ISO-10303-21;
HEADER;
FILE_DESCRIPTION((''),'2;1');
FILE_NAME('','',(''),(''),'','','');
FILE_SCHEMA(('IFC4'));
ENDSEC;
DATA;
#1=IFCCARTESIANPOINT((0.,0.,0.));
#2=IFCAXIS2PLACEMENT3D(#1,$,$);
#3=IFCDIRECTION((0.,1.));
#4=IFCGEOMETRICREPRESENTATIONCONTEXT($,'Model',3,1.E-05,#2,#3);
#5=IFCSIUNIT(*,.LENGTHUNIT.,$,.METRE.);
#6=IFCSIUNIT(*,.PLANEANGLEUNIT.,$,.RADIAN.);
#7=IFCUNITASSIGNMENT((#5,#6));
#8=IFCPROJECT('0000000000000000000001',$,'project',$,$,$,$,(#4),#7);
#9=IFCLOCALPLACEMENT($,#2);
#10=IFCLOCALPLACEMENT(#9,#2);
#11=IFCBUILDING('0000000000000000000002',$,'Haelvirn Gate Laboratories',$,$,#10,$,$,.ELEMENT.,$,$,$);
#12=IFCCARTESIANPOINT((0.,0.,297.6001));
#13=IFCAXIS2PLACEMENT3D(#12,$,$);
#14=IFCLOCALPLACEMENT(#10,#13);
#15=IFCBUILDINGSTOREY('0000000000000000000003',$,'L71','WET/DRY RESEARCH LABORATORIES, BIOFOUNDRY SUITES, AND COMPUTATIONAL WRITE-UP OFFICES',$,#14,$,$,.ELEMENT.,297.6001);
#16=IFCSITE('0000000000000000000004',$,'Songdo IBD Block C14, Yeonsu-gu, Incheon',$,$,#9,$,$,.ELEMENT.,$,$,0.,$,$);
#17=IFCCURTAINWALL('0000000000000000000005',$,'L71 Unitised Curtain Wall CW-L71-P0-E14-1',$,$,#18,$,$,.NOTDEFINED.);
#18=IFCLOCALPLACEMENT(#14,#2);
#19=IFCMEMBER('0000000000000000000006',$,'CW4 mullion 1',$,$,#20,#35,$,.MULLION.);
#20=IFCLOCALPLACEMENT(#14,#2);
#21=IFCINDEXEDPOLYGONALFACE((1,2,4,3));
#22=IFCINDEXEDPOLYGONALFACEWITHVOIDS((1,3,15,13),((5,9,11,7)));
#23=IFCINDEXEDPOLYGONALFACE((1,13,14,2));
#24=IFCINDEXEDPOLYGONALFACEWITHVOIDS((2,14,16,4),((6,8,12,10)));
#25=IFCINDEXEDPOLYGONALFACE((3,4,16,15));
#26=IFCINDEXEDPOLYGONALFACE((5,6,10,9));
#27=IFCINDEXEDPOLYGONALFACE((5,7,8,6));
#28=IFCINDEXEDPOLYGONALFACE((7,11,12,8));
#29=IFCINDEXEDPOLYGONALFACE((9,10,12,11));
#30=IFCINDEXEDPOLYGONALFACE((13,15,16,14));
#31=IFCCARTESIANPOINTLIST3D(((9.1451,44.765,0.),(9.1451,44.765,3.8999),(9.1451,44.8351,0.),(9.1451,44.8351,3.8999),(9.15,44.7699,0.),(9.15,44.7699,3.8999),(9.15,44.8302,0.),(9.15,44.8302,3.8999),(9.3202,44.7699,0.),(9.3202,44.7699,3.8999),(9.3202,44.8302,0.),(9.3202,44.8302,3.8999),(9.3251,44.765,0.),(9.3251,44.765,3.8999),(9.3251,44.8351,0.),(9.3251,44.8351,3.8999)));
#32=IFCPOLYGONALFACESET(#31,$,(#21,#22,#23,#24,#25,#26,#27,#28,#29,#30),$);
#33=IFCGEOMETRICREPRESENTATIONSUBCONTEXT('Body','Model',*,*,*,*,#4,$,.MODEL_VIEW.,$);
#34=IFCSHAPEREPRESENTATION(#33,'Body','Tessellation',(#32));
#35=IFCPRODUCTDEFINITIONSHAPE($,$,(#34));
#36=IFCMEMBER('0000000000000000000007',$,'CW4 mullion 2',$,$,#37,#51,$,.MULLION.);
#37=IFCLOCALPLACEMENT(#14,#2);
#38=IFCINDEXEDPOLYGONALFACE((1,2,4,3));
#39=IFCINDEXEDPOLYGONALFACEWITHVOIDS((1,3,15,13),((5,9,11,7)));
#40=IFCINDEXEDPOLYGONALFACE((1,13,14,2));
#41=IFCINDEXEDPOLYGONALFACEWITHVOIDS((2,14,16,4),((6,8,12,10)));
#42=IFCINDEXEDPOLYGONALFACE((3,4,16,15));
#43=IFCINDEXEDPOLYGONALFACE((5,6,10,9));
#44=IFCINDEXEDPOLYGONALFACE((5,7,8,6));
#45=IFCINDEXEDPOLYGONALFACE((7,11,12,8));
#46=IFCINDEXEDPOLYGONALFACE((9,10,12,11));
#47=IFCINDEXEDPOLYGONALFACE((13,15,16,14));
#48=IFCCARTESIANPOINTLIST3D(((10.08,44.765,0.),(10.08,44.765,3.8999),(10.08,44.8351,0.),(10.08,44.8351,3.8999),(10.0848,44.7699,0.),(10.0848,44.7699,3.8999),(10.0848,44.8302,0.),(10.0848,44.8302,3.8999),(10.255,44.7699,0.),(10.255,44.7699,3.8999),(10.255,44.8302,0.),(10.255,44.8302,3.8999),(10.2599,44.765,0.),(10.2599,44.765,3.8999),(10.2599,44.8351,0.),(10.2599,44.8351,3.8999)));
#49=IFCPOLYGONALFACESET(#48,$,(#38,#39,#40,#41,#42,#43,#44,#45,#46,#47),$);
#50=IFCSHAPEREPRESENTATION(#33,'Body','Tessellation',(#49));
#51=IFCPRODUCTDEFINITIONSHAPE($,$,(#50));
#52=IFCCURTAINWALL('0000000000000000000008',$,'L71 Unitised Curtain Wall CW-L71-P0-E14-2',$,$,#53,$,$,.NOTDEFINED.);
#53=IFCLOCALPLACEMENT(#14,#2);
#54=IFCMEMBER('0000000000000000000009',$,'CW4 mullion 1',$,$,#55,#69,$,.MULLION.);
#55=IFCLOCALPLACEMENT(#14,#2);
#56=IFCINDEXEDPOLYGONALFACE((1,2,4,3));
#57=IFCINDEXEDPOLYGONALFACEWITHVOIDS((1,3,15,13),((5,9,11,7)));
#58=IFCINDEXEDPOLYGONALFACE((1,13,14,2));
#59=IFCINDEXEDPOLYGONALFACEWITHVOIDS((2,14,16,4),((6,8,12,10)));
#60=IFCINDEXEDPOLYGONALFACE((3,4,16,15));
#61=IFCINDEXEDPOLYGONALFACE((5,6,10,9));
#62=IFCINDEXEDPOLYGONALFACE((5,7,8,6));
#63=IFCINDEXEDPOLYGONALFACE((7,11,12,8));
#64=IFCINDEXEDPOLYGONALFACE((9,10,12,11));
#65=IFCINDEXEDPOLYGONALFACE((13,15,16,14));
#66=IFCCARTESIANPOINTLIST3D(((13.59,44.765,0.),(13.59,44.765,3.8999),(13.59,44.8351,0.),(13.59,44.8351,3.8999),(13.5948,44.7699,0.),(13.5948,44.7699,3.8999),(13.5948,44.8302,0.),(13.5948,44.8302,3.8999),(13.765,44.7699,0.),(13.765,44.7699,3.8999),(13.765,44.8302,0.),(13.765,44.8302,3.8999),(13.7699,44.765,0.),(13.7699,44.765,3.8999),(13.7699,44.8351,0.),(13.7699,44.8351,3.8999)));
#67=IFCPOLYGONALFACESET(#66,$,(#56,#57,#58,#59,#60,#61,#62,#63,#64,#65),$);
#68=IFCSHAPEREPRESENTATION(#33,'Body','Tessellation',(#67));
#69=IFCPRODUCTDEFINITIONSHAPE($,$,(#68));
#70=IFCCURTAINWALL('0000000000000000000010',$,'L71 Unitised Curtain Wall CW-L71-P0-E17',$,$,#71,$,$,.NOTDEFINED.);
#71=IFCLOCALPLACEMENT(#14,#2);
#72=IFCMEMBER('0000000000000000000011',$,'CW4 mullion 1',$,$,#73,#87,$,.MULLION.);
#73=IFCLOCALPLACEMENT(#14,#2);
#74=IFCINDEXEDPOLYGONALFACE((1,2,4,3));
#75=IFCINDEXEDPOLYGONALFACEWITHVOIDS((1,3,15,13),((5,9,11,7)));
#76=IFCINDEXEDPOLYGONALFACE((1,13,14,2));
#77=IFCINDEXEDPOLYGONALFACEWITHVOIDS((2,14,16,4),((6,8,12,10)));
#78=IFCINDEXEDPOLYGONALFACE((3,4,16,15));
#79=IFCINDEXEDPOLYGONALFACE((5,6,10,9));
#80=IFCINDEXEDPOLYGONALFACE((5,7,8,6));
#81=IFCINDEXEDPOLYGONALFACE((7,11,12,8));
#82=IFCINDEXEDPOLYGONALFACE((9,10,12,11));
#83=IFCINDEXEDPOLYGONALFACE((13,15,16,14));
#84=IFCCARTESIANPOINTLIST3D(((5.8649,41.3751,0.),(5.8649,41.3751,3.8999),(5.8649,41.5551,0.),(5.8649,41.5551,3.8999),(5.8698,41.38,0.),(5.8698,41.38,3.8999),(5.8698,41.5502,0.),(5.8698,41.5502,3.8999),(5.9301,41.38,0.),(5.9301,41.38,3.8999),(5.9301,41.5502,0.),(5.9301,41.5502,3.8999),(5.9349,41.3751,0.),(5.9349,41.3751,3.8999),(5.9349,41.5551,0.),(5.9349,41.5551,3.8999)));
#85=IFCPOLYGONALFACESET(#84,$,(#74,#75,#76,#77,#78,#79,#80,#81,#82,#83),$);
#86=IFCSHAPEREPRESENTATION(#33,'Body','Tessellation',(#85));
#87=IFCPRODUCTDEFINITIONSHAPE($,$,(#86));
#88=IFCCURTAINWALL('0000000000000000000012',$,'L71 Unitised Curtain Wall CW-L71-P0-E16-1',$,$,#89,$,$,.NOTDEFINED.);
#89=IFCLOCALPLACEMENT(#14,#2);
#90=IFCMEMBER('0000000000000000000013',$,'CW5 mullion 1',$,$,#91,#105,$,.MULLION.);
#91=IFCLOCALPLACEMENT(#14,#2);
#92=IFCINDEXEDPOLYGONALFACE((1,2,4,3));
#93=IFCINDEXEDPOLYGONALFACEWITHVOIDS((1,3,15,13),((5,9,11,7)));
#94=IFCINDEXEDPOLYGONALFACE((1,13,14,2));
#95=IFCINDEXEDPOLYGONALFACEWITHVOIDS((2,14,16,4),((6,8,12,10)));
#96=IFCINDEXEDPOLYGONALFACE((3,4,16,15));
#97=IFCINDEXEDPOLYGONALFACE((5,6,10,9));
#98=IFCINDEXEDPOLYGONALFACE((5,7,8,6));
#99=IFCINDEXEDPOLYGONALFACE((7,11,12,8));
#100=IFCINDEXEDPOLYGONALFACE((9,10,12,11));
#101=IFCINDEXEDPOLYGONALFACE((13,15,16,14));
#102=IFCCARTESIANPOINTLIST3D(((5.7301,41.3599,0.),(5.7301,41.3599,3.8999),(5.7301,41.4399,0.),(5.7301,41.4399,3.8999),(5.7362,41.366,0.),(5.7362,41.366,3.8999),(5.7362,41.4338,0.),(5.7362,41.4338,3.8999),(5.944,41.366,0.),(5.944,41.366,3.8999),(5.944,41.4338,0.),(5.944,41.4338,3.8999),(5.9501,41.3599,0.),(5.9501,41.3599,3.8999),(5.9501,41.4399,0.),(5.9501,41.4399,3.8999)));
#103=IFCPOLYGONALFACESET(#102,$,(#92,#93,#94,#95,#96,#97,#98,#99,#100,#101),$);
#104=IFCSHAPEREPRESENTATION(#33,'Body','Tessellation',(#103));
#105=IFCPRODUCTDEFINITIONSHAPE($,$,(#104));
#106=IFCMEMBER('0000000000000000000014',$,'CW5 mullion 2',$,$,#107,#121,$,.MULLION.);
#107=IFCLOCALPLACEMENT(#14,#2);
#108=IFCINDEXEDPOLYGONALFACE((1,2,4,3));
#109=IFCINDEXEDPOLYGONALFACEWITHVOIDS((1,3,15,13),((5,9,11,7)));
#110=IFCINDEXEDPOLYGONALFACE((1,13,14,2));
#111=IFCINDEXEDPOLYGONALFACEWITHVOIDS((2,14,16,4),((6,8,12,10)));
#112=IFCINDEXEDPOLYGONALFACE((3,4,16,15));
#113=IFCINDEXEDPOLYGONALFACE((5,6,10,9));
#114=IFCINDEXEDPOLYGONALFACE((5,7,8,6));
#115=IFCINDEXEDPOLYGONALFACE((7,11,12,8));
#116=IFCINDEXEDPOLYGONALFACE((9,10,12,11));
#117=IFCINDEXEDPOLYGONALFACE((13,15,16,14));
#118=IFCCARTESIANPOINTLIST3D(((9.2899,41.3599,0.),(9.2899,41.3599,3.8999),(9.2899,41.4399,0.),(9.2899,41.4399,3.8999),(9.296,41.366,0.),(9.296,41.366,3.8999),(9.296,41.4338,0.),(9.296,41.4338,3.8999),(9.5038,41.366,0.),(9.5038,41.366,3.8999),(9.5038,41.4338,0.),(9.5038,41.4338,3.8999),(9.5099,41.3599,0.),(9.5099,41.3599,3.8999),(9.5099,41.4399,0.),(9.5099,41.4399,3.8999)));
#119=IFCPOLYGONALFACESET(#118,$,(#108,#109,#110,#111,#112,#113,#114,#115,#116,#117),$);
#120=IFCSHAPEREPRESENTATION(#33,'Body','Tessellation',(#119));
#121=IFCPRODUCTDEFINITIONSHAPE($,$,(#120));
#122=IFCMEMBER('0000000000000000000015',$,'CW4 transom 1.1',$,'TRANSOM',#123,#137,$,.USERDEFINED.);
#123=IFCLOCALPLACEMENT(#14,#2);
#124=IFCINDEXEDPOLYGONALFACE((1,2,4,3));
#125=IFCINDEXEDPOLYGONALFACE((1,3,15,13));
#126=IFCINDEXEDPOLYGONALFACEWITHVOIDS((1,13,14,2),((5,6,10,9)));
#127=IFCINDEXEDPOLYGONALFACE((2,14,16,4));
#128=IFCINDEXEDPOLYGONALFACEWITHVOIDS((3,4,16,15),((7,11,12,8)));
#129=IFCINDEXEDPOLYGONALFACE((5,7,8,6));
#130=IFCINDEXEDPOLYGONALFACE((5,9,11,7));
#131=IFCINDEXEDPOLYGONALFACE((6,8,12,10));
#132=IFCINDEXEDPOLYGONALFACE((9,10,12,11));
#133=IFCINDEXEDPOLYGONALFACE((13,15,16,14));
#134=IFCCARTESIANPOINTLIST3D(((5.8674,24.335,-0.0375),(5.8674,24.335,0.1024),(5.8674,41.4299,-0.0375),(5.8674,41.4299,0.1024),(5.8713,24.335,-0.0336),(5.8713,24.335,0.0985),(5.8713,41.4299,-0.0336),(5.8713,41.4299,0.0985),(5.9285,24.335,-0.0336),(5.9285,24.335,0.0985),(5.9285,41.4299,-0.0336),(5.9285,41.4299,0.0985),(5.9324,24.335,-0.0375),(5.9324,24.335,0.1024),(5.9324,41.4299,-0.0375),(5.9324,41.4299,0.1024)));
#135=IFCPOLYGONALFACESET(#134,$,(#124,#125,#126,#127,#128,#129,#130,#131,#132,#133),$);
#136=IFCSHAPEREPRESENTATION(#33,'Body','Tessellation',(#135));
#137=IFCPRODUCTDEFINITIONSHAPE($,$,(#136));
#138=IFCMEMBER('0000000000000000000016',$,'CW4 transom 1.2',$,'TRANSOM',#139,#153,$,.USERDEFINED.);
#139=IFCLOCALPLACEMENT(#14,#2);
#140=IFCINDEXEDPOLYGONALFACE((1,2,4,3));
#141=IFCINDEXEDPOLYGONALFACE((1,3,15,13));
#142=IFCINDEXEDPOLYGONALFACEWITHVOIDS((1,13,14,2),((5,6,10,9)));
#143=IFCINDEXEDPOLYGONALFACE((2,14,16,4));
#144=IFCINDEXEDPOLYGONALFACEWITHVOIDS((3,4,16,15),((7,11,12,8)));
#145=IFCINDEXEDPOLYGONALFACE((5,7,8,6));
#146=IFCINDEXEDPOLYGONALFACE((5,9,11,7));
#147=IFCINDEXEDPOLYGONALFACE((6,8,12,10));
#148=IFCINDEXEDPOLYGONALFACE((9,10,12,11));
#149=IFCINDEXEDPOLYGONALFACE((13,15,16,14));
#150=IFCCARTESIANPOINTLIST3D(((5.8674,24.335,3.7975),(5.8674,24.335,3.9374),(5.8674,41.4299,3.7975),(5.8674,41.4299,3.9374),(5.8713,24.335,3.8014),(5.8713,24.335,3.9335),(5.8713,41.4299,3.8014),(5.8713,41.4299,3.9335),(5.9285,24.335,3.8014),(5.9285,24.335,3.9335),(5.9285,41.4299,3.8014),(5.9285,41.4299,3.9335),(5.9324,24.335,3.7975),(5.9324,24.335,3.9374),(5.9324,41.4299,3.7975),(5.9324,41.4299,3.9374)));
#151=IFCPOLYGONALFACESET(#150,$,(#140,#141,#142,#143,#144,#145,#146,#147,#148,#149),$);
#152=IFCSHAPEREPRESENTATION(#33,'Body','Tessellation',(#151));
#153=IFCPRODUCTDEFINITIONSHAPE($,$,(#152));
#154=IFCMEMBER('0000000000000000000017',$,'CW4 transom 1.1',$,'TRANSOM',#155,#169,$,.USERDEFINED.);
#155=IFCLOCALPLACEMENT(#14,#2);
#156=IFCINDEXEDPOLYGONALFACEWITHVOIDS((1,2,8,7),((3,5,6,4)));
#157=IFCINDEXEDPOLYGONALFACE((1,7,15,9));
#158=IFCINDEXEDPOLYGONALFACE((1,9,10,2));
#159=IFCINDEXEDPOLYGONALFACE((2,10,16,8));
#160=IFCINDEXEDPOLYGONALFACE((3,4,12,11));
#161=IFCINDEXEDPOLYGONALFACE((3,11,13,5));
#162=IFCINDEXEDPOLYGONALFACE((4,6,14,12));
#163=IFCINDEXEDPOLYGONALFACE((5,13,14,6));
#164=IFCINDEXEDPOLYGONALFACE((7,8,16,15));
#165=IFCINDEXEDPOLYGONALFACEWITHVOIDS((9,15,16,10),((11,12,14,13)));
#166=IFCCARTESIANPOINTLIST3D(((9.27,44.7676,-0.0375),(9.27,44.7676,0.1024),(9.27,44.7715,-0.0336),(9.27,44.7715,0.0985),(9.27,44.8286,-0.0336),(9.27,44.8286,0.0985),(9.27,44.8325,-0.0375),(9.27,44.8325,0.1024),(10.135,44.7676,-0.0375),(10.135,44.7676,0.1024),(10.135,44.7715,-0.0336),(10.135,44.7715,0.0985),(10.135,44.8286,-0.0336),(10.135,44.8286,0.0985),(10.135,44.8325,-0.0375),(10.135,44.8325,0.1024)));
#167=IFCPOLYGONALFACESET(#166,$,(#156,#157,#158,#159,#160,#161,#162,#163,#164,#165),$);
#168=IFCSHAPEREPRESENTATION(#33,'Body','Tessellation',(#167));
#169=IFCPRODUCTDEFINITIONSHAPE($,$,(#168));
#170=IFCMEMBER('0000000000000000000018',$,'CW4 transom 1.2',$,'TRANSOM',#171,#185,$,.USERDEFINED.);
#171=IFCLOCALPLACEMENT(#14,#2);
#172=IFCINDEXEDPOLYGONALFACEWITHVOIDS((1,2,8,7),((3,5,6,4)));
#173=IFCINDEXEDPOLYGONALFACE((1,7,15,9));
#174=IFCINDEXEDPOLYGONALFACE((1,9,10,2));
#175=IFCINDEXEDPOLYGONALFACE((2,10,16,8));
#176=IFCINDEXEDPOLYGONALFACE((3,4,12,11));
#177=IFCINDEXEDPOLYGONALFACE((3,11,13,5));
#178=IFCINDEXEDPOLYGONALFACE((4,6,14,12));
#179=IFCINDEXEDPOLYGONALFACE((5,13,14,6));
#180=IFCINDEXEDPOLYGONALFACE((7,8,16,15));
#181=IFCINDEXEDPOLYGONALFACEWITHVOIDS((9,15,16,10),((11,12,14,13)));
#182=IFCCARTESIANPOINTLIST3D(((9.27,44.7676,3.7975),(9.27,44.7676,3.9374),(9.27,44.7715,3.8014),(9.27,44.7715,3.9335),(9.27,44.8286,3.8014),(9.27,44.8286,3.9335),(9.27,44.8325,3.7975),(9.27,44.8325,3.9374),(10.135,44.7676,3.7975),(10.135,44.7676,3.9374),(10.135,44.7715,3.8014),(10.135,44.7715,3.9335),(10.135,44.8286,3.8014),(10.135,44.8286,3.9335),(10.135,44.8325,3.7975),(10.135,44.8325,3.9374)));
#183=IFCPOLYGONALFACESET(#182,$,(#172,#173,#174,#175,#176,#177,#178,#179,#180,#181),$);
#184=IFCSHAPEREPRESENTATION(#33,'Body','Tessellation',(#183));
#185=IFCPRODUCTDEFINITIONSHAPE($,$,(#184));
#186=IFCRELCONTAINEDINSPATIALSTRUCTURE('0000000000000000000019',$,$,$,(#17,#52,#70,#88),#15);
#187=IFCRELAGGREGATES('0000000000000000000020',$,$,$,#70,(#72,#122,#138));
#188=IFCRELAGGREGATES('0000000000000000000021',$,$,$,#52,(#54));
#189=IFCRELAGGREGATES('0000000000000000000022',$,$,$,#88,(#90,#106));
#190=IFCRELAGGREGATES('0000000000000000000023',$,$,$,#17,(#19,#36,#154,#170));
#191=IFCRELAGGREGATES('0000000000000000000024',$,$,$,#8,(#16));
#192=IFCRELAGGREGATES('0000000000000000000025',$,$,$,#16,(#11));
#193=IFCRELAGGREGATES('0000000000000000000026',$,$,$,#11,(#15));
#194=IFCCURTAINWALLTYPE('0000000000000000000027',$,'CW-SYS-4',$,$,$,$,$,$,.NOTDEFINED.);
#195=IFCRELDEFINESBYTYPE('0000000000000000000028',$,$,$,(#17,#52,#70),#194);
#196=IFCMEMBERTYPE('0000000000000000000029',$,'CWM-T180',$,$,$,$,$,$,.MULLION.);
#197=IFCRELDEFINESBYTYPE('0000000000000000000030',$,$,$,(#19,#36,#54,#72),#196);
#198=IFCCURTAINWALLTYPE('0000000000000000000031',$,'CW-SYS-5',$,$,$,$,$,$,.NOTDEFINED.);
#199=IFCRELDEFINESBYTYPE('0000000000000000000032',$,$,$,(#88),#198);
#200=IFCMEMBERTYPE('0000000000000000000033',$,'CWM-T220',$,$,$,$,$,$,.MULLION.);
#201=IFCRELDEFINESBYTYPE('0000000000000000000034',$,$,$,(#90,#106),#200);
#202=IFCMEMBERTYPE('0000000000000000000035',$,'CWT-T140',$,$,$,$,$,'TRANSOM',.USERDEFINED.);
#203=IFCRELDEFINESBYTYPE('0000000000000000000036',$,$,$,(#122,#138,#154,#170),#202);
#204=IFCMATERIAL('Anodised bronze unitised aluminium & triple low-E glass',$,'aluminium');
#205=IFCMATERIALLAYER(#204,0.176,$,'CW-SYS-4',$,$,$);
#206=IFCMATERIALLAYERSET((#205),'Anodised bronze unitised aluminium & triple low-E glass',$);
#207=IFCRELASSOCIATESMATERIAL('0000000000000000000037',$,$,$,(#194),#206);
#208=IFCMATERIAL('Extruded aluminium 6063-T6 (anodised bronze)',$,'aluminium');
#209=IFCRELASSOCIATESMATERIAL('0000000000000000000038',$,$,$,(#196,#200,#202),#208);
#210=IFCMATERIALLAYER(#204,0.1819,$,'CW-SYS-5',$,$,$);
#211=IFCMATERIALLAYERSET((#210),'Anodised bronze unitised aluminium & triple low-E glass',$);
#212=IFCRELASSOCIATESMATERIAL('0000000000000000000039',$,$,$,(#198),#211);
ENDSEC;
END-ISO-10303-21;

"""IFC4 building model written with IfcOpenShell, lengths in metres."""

from ifc_helpers import new_model, si_unit, direction, frame, origin, origin_2d, place, context, subcontext, project, spatial, hollow_rectangle, extrude, source, transform, mapped, material, layer, layer_set, material_profile, profile_set, type_object, type_shapes, element, aggregate, save


model = new_model("IFC4")

# Units and contexts
model_context = context("Model", 3, precision=1e-05, world=origin(), true_north=direction((0.0, 1.0)))
body_context = subcontext(model_context, "Body", "Model", "MODEL_VIEW")
ifc_project = project(units=[si_unit("LENGTHUNIT", "METRE"), si_unit("PLANEANGLEUNIT", "RADIAN")], contexts=[model_context])

# Site, building, storey
site_placement = place(None, origin())
site = spatial("IfcSite", under=ifc_project, at=site_placement, Name="Songdo IBD Block C14, Yeonsu-gu, Incheon", CompositionType="ELEMENT", RefElevation=0.0)
building_placement = place(site_placement, origin())
building = spatial("IfcBuilding", under=site, at=building_placement, Name="Haelvirn Gate Laboratories", CompositionType="ELEMENT")
storey_placement = place(building_placement, frame((0.0, 0.0, 297.6001)))
storey = spatial("IfcBuildingStorey", under=building, at=storey_placement, Name="L71", Description="WET/DRY RESEARCH LABORATORIES, BIOFOUNDRY SUITES, AND COMPUTATIONAL WRITE-UP OFFICES", CompositionType="ELEMENT", Elevation=297.6001)

# Curtain wall, members
ifc_material_1 = material(Name="Anodised bronze unitised aluminium & triple low-E glass", Category="aluminium")
ifc_layer_1 = layer(ifc_material_1, 0.176, Name="CW-SYS-4")
ifc_layer_set_1 = layer_set([ifc_layer_1], Name="Anodised bronze unitised aluminium & triple low-E glass")
curtain_wall_type_1 = type_object("IfcCurtainWallType", Name="CW-SYS-4", PredefinedType="NOTDEFINED", material=ifc_layer_set_1)
curtain_wall_1_placement = place(storey_placement, origin())
curtain_wall_1 = element("IfcCurtainWall", 1, at=curtain_wall_1_placement, inside=storey, type_object=curtain_wall_type_1, Name="L71 Unitised Curtain Wall CW-L71-P0-E14-1", PredefinedType="NOTDEFINED")
ifc_material_2 = material(Name="Extruded aluminium 6063-T6 (anodised bronze)", Category="aluminium")
ifc_material_profile_1 = material_profile(ifc_material_2, hollow_rectangle(XDim=0.0701, YDim=0.1799, WallThickness=0.0049, at=origin_2d()), Name="CWM-180x70x5")
ifc_profile_set_1 = profile_set([ifc_material_profile_1], Name="Extruded aluminium 6063-T6 (anodised bronze)")
member_type_1 = type_object("IfcMemberType", Name="CWM-T180", PredefinedType="MULLION", material=ifc_profile_set_1)
shared_shape_1 = source(origin(), body_context, "Body", "SweptSolid", [
    extrude(hollow_rectangle(XDim=0.0701, YDim=0.1799, WallThickness=0.0049, at=origin_2d()), origin(), (0.0, 0.0, 1.0), 3.8999),
])
type_shapes(member_type_1, [shared_shape_1])
member_1_placement = place(storey_placement, frame((9.2351, 44.8, 0.0), z_axis=(0.0, 0.0, 1.0), x_axis=(0.0, 1.0, 0.0)))
member_1 = element("IfcMember", 2, at=member_1_placement, type_object=member_type_1, Name="CW4 mullion 1", PredefinedType="MULLION", context=body_context, shape_type="MappedRepresentation", body=[
    mapped(shared_shape_1, transform((0.0, 0.0, 0.0), scale=1.0)),
])
member_2_placement = place(storey_placement, frame((10.1699, 44.8, 0.0), z_axis=(0.0, 0.0, 1.0), x_axis=(0.0, 1.0, 0.0)))
member_2 = element("IfcMember", 3, at=member_2_placement, type_object=member_type_1, Name="CW4 mullion 2", PredefinedType="MULLION", context=body_context, shape_type="MappedRepresentation", body=[
    mapped(shared_shape_1, transform((0.0, 0.0, 0.0), scale=1.0)),
])

# Curtain walls, members
curtain_wall_2_placement = place(storey_placement, origin())
curtain_wall_2 = element("IfcCurtainWall", 4, at=curtain_wall_2_placement, inside=storey, type_object=curtain_wall_type_1, Name="L71 Unitised Curtain Wall CW-L71-P0-E14-2", PredefinedType="NOTDEFINED")
member_3_placement = place(storey_placement, frame((13.6799, 44.8, 0.0), z_axis=(0.0, 0.0, 1.0), x_axis=(0.0, 1.0, 0.0)))
member_3 = element("IfcMember", 5, at=member_3_placement, type_object=member_type_1, Name="CW4 mullion 1", PredefinedType="MULLION", context=body_context, shape_type="MappedRepresentation", body=[
    mapped(shared_shape_1, transform((0.0, 0.0, 0.0), scale=1.0)),
])
curtain_wall_3_placement = place(storey_placement, origin())
curtain_wall_3 = element("IfcCurtainWall", 6, at=curtain_wall_3_placement, inside=storey, type_object=curtain_wall_type_1, Name="L71 Unitised Curtain Wall CW-L71-P0-E17", PredefinedType="NOTDEFINED")
member_4_placement = place(storey_placement, frame((5.8999, 41.4651, 0.0), z_axis=(0.0, 0.0, 1.0), x_axis=(1.0, 0.0, 0.0)))
member_4 = element("IfcMember", 7, at=member_4_placement, type_object=member_type_1, Name="CW4 mullion 1", PredefinedType="MULLION", context=body_context, shape_type="MappedRepresentation", body=[
    mapped(shared_shape_1, transform((0.0, 0.0, 0.0), scale=1.0)),
])

# Curtain wall, members
ifc_layer_2 = layer(ifc_material_1, 0.1819, Name="CW-SYS-5")
ifc_layer_set_2 = layer_set([ifc_layer_2], Name="Anodised bronze unitised aluminium & triple low-E glass")
curtain_wall_type_2 = type_object("IfcCurtainWallType", Name="CW-SYS-5", PredefinedType="NOTDEFINED", material=ifc_layer_set_2)
curtain_wall_4_placement = place(storey_placement, origin())
curtain_wall_4 = element("IfcCurtainWall", 8, at=curtain_wall_4_placement, inside=storey, type_object=curtain_wall_type_2, Name="L71 Unitised Curtain Wall CW-L71-P0-E16-1", PredefinedType="NOTDEFINED")
ifc_material_profile_2 = material_profile(ifc_material_2, hollow_rectangle(XDim=0.0801, YDim=0.22, WallThickness=0.0061, at=origin_2d()), Name="CWM-220x80x6")
ifc_profile_set_2 = profile_set([ifc_material_profile_2], Name="Extruded aluminium 6063-T6 (anodised bronze)")
member_type_2 = type_object("IfcMemberType", Name="CWM-T220", PredefinedType="MULLION", material=ifc_profile_set_2)
shared_shape_2 = source(origin(), body_context, "Body", "SweptSolid", [
    extrude(hollow_rectangle(XDim=0.0801, YDim=0.22, WallThickness=0.0061, at=origin_2d()), origin(), (0.0, 0.0, 1.0), 3.8999),
])
type_shapes(member_type_2, [shared_shape_2])
member_5_placement = place(storey_placement, frame((5.8401, 41.3999, 0.0), z_axis=(0.0, 0.0, 1.0), x_axis=(0.0, 1.0, 0.0)))
member_5 = element("IfcMember", 9, at=member_5_placement, type_object=member_type_2, Name="CW5 mullion 1", PredefinedType="MULLION", context=body_context, shape_type="MappedRepresentation", body=[
    mapped(shared_shape_2, transform((0.0, 0.0, 0.0), scale=1.0)),
])
member_6_placement = place(storey_placement, frame((9.3999, 41.3999, 0.0), z_axis=(0.0, 0.0, 1.0), x_axis=(0.0, 1.0, 0.0)))
member_6 = element("IfcMember", 10, at=member_6_placement, type_object=member_type_2, Name="CW5 mullion 2", PredefinedType="MULLION", context=body_context, shape_type="MappedRepresentation", body=[
    mapped(shared_shape_2, transform((0.0, 0.0, 0.0), scale=1.0)),
])

# Members
ifc_material_profile_3 = material_profile(ifc_material_2, hollow_rectangle(XDim=0.0649, YDim=0.1399, WallThickness=0.0039, at=origin_2d()), Name="CWT-140x65x4")
ifc_profile_set_3 = profile_set([ifc_material_profile_3], Name="Extruded aluminium 6063-T6 (anodised bronze)")
member_type_3 = type_object("IfcMemberType", Name="CWT-T140", ElementType="TRANSOM", PredefinedType="USERDEFINED", material=ifc_profile_set_3)
shared_shape_3 = source(origin(), body_context, "Body", "SweptSolid", [
    extrude(hollow_rectangle(XDim=0.0649, YDim=0.1399, WallThickness=0.0039, at=origin_2d()), origin(), (0.0, 0.0, 1.0), 17.095),
])
member_7_placement = place(storey_placement, frame((5.8999, 41.4299, 0.0325), z_axis=(0.0, -1.0, 0.0), x_axis=(1.0, 0.0, 0.0)))
member_7 = element("IfcMember", 11, at=member_7_placement, type_object=member_type_3, Name="CW4 transom 1.1", ObjectType="TRANSOM", PredefinedType="USERDEFINED", context=body_context, shape_type="MappedRepresentation", body=[
    mapped(shared_shape_3, transform((0.0, 0.0, 0.0), scale=1.0)),
])
member_8_placement = place(storey_placement, frame((5.8999, 41.4299, 3.8674), z_axis=(0.0, -1.0, 0.0), x_axis=(1.0, 0.0, 0.0)))
member_8 = element("IfcMember", 12, at=member_8_placement, type_object=member_type_3, Name="CW4 transom 1.2", ObjectType="TRANSOM", PredefinedType="USERDEFINED", context=body_context, shape_type="MappedRepresentation", body=[
    mapped(shared_shape_3, transform((0.0, 0.0, 0.0), scale=1.0)),
])
aggregate(curtain_wall_3, [member_4, member_7, member_8])
shared_shape_4 = source(origin(), body_context, "Body", "SweptSolid", [
    extrude(hollow_rectangle(XDim=0.0649, YDim=0.1399, WallThickness=0.0039, at=origin_2d()), origin(), (0.0, 0.0, 1.0), 0.865),
])
member_9_placement = place(storey_placement, frame((9.27, 44.8, 0.0325), z_axis=(1.0, 0.0, 0.0), x_axis=(0.0, 1.0, 0.0)))
member_9 = element("IfcMember", 13, at=member_9_placement, type_object=member_type_3, Name="CW4 transom 1.1", ObjectType="TRANSOM", PredefinedType="USERDEFINED", context=body_context, shape_type="MappedRepresentation", body=[
    mapped(shared_shape_4, transform((0.0, 0.0, 0.0), scale=1.0)),
])
member_10_placement = place(storey_placement, frame((9.27, 44.8, 3.8674), z_axis=(1.0, 0.0, 0.0), x_axis=(0.0, 1.0, 0.0)))
member_10 = element("IfcMember", 14, at=member_10_placement, type_object=member_type_3, Name="CW4 transom 1.2", ObjectType="TRANSOM", PredefinedType="USERDEFINED", context=body_context, shape_type="MappedRepresentation", body=[
    mapped(shared_shape_4, transform((0.0, 0.0, 0.0), scale=1.0)),
])
aggregate(curtain_wall_2, [member_3])

aggregate(curtain_wall_4, [member_5, member_6])
aggregate(curtain_wall_1, [member_1, member_2, member_9, member_10])

save(model, "model.ifc")
